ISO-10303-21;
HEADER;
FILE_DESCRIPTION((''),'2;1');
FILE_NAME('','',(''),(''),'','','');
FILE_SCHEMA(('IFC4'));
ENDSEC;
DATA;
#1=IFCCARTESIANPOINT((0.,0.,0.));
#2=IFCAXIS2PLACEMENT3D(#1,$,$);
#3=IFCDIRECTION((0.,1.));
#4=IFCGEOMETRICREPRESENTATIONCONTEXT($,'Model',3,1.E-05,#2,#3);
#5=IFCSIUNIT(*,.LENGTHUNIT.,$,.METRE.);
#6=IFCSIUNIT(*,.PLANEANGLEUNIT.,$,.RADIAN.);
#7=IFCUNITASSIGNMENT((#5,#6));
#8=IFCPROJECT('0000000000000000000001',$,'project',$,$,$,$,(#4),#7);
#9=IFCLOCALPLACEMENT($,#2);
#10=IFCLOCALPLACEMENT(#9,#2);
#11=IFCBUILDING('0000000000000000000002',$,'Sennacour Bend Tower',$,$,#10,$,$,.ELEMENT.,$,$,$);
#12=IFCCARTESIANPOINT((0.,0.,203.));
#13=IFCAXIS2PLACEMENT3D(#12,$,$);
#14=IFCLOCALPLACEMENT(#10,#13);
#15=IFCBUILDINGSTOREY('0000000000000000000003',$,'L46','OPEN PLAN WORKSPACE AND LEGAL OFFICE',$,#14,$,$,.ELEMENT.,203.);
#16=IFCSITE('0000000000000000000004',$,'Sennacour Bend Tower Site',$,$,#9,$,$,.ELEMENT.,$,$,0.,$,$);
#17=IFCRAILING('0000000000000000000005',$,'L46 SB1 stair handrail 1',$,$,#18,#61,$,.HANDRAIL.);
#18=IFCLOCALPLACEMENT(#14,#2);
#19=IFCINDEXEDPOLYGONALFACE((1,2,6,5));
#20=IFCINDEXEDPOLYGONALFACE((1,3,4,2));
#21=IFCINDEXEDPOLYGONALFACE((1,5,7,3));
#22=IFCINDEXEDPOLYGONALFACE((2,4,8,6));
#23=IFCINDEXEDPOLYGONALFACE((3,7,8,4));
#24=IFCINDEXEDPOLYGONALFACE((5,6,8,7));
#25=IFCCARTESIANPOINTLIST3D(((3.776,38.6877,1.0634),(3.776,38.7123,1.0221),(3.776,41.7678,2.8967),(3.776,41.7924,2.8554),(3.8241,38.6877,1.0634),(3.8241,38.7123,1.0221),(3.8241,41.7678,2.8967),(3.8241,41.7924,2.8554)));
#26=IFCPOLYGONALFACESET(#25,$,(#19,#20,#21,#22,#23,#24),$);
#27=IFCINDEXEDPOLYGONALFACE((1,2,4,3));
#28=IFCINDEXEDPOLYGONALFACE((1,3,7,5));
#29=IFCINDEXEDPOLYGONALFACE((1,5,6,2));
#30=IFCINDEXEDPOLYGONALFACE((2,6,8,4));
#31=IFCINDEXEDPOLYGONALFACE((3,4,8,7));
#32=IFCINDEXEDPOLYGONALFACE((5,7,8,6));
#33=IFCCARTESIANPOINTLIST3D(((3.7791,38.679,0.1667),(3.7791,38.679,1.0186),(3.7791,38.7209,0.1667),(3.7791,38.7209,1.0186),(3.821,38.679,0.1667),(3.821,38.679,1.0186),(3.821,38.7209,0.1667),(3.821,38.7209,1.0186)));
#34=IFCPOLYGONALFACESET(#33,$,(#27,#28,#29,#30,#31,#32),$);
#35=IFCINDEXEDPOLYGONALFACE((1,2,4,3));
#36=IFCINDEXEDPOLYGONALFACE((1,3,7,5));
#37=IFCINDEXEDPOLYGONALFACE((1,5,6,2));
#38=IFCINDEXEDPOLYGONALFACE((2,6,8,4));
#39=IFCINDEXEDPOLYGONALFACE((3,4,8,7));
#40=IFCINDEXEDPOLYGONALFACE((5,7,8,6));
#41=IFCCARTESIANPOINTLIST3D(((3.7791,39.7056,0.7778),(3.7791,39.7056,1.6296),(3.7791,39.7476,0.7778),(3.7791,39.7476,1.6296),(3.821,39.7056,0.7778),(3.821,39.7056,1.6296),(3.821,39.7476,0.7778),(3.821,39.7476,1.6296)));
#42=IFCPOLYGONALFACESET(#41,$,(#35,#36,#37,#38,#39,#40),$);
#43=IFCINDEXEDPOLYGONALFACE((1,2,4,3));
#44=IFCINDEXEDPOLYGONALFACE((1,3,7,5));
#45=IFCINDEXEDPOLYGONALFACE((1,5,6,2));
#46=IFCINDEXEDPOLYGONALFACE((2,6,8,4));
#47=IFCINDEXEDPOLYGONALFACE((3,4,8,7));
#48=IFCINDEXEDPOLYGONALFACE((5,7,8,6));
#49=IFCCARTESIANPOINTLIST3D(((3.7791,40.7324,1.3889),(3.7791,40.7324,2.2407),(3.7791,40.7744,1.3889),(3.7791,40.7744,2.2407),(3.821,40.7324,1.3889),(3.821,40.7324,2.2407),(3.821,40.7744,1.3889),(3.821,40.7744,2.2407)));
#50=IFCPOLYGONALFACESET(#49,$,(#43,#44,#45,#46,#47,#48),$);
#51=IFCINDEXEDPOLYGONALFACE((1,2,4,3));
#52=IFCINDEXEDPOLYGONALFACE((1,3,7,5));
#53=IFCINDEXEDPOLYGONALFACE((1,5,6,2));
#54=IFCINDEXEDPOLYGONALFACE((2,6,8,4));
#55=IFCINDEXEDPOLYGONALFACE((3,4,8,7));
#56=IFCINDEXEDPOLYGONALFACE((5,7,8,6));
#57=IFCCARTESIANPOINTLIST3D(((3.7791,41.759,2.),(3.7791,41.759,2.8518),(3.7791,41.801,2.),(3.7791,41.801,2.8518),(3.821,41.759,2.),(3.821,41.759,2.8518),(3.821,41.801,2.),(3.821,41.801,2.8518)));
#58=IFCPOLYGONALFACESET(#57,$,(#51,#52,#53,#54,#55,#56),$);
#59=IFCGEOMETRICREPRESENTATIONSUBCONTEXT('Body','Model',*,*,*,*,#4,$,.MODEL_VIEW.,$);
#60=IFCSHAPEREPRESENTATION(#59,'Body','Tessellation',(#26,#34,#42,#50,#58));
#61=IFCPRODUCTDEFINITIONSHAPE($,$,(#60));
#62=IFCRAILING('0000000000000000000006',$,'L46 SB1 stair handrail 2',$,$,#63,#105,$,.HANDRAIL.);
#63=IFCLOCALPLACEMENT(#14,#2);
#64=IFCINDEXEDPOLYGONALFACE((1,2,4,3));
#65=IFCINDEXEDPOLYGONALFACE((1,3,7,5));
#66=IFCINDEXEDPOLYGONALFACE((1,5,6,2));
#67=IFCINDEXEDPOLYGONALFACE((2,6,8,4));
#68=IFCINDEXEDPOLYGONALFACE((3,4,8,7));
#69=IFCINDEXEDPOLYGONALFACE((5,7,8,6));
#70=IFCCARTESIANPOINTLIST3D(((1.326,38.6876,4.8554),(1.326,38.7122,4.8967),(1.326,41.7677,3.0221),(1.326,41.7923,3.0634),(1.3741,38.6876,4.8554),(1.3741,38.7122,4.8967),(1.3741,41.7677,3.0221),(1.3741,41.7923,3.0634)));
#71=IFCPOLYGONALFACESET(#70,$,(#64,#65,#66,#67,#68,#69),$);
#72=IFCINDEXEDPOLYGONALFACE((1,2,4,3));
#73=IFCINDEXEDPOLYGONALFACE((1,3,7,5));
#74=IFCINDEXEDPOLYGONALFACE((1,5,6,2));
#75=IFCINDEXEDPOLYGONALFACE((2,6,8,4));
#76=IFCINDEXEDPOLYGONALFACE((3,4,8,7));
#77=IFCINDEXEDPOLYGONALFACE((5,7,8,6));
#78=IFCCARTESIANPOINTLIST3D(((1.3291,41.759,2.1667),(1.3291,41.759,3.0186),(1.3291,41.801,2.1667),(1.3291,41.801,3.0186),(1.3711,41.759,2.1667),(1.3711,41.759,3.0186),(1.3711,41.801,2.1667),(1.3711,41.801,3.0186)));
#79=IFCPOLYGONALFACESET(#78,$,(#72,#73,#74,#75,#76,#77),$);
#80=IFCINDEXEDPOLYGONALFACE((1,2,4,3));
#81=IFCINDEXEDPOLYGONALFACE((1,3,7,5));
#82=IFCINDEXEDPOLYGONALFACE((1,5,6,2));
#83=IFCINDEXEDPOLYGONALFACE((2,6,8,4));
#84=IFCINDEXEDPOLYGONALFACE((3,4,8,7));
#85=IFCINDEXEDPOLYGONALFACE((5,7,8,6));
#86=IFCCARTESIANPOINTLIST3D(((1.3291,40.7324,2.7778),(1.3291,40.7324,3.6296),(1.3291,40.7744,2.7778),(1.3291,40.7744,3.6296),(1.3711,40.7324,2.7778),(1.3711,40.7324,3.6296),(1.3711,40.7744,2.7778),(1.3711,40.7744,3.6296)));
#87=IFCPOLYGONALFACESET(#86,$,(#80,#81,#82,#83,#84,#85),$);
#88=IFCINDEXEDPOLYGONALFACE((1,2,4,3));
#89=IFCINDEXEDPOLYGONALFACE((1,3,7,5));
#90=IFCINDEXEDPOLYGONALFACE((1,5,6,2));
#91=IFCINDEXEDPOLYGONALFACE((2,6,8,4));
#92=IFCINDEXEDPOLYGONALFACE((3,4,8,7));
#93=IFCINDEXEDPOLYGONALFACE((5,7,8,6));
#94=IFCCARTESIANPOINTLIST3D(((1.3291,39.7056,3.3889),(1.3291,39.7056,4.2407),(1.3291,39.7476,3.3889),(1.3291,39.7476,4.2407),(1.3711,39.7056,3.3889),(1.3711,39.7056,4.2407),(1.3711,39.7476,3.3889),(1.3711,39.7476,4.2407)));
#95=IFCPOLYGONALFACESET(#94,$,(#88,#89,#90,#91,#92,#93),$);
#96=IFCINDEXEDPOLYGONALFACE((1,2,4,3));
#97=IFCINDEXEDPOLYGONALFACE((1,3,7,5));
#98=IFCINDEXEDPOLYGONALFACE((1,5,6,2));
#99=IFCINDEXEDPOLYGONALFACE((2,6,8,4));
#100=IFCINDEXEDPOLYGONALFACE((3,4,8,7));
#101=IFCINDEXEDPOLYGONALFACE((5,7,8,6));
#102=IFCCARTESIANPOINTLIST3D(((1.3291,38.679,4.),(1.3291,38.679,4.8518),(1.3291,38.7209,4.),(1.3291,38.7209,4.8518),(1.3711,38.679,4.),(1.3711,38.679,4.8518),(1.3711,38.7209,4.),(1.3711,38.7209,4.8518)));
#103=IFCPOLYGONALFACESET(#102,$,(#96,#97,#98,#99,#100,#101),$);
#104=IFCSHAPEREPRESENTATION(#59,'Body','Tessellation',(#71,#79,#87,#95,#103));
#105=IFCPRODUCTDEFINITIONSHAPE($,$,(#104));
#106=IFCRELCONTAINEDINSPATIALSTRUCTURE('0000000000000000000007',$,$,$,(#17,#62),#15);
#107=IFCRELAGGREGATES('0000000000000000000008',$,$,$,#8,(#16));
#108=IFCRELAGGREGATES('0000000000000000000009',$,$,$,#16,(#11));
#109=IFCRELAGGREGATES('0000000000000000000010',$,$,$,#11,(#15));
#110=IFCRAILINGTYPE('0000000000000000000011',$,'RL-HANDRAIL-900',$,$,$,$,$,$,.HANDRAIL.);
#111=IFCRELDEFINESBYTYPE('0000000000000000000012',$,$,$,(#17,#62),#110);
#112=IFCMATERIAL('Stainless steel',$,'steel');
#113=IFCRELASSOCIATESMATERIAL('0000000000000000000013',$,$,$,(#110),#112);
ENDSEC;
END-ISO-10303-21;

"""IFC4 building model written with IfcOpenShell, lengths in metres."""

from ifc_helpers import new_model, si_unit, direction, frame, origin, origin_2d, place, context, subcontext, project, spatial, rectangle, extrude, material, type_object, element, save


model = new_model("IFC4")

# Units and contexts
model_context = context("Model", 3, precision=1e-05, world=origin(), true_north=direction((0.0, 1.0)))
body_context = subcontext(model_context, "Body", "Model", "MODEL_VIEW")
ifc_project = project(units=[si_unit("LENGTHUNIT", "METRE"), si_unit("PLANEANGLEUNIT", "RADIAN")], contexts=[model_context])

# Site, building, storey
site_placement = place(None, origin())
site = spatial("IfcSite", under=ifc_project, at=site_placement, Name="Sennacour Bend Tower Site", CompositionType="ELEMENT", RefElevation=0.0)
building_placement = place(site_placement, origin())
building = spatial("IfcBuilding", under=site, at=building_placement, Name="Sennacour Bend Tower", CompositionType="ELEMENT")
storey_placement = place(building_placement, frame((0.0, 0.0, 203.0)))
storey = spatial("IfcBuildingStorey", under=building, at=storey_placement, Name="L46", Description="OPEN PLAN WORKSPACE AND LEGAL OFFICE", CompositionType="ELEMENT", Elevation=203.0)

# Railings
ifc_material_1 = material(Name="Stainless steel", Category="steel")
railing_type_1 = type_object("IfcRailingType", Name="RL-HANDRAIL-900", PredefinedType="HANDRAIL", material=ifc_material_1)
railing_1_placement = place(storey_placement, frame((3.8, 38.7, 0.1667)))
element("IfcRailing", 1, at=railing_1_placement, inside=storey, type_object=railing_type_1, Name="L46 SB1 stair handrail 1", PredefinedType="HANDRAIL", context=body_context, shape_type="SweptSolid", body=[
    extrude(rectangle(XDim=0.0481, YDim=0.0481, at=origin_2d()), frame((0.0, 0.0, 0.876), z_axis=(0.0, 0.859309, 0.511458), x_axis=(-1.0, 0.0, 0.0)), (0.0, 0.0, 1.0), 3.5845),
    extrude(rectangle(XDim=0.042, YDim=0.042, at=origin_2d()), origin(), (0.0, 0.0, 1.0), 0.8518),
    extrude(rectangle(XDim=0.042, YDim=0.042, at=origin_2d()), frame((0.0, 1.0266, 0.6111)), (0.0, 0.0, 1.0), 0.8518),
    extrude(rectangle(XDim=0.042, YDim=0.042, at=origin_2d()), frame((0.0, 2.0535, 1.2222)), (0.0, 0.0, 1.0), 0.8518),
    extrude(rectangle(XDim=0.042, YDim=0.042, at=origin_2d()), frame((0.0, 3.0801, 1.8333)), (0.0, 0.0, 1.0), 0.8518),
])
railing_2_placement = place(storey_placement, frame((1.3501, 41.78, 2.1667)))
element("IfcRailing", 2, at=railing_2_placement, inside=storey, type_object=railing_type_1, Name="L46 SB1 stair handrail 2", PredefinedType="HANDRAIL", context=body_context, shape_type="SweptSolid", body=[
    extrude(rectangle(XDim=0.0481, YDim=0.0481, at=origin_2d()), frame((0.0, 0.0, 0.876), z_axis=(0.0, -0.859309, 0.511458), x_axis=(1.0, 0.0, 0.0)), (0.0, 0.0, 1.0), 3.5845),
    extrude(rectangle(XDim=0.042, YDim=0.042, at=origin_2d()), origin(), (0.0, 0.0, 1.0), 0.8518),
    extrude(rectangle(XDim=0.042, YDim=0.042, at=origin_2d()), frame((0.0, -1.0266, 0.6111)), (0.0, 0.0, 1.0), 0.8518),
    extrude(rectangle(XDim=0.042, YDim=0.042, at=origin_2d()), frame((0.0, -2.0535, 1.2222)), (0.0, 0.0, 1.0), 0.8518),
    extrude(rectangle(XDim=0.042, YDim=0.042, at=origin_2d()), frame((0.0, -3.0801, 1.8333)), (0.0, 0.0, 1.0), 0.8518),
])

save(model, "model.ifc")
